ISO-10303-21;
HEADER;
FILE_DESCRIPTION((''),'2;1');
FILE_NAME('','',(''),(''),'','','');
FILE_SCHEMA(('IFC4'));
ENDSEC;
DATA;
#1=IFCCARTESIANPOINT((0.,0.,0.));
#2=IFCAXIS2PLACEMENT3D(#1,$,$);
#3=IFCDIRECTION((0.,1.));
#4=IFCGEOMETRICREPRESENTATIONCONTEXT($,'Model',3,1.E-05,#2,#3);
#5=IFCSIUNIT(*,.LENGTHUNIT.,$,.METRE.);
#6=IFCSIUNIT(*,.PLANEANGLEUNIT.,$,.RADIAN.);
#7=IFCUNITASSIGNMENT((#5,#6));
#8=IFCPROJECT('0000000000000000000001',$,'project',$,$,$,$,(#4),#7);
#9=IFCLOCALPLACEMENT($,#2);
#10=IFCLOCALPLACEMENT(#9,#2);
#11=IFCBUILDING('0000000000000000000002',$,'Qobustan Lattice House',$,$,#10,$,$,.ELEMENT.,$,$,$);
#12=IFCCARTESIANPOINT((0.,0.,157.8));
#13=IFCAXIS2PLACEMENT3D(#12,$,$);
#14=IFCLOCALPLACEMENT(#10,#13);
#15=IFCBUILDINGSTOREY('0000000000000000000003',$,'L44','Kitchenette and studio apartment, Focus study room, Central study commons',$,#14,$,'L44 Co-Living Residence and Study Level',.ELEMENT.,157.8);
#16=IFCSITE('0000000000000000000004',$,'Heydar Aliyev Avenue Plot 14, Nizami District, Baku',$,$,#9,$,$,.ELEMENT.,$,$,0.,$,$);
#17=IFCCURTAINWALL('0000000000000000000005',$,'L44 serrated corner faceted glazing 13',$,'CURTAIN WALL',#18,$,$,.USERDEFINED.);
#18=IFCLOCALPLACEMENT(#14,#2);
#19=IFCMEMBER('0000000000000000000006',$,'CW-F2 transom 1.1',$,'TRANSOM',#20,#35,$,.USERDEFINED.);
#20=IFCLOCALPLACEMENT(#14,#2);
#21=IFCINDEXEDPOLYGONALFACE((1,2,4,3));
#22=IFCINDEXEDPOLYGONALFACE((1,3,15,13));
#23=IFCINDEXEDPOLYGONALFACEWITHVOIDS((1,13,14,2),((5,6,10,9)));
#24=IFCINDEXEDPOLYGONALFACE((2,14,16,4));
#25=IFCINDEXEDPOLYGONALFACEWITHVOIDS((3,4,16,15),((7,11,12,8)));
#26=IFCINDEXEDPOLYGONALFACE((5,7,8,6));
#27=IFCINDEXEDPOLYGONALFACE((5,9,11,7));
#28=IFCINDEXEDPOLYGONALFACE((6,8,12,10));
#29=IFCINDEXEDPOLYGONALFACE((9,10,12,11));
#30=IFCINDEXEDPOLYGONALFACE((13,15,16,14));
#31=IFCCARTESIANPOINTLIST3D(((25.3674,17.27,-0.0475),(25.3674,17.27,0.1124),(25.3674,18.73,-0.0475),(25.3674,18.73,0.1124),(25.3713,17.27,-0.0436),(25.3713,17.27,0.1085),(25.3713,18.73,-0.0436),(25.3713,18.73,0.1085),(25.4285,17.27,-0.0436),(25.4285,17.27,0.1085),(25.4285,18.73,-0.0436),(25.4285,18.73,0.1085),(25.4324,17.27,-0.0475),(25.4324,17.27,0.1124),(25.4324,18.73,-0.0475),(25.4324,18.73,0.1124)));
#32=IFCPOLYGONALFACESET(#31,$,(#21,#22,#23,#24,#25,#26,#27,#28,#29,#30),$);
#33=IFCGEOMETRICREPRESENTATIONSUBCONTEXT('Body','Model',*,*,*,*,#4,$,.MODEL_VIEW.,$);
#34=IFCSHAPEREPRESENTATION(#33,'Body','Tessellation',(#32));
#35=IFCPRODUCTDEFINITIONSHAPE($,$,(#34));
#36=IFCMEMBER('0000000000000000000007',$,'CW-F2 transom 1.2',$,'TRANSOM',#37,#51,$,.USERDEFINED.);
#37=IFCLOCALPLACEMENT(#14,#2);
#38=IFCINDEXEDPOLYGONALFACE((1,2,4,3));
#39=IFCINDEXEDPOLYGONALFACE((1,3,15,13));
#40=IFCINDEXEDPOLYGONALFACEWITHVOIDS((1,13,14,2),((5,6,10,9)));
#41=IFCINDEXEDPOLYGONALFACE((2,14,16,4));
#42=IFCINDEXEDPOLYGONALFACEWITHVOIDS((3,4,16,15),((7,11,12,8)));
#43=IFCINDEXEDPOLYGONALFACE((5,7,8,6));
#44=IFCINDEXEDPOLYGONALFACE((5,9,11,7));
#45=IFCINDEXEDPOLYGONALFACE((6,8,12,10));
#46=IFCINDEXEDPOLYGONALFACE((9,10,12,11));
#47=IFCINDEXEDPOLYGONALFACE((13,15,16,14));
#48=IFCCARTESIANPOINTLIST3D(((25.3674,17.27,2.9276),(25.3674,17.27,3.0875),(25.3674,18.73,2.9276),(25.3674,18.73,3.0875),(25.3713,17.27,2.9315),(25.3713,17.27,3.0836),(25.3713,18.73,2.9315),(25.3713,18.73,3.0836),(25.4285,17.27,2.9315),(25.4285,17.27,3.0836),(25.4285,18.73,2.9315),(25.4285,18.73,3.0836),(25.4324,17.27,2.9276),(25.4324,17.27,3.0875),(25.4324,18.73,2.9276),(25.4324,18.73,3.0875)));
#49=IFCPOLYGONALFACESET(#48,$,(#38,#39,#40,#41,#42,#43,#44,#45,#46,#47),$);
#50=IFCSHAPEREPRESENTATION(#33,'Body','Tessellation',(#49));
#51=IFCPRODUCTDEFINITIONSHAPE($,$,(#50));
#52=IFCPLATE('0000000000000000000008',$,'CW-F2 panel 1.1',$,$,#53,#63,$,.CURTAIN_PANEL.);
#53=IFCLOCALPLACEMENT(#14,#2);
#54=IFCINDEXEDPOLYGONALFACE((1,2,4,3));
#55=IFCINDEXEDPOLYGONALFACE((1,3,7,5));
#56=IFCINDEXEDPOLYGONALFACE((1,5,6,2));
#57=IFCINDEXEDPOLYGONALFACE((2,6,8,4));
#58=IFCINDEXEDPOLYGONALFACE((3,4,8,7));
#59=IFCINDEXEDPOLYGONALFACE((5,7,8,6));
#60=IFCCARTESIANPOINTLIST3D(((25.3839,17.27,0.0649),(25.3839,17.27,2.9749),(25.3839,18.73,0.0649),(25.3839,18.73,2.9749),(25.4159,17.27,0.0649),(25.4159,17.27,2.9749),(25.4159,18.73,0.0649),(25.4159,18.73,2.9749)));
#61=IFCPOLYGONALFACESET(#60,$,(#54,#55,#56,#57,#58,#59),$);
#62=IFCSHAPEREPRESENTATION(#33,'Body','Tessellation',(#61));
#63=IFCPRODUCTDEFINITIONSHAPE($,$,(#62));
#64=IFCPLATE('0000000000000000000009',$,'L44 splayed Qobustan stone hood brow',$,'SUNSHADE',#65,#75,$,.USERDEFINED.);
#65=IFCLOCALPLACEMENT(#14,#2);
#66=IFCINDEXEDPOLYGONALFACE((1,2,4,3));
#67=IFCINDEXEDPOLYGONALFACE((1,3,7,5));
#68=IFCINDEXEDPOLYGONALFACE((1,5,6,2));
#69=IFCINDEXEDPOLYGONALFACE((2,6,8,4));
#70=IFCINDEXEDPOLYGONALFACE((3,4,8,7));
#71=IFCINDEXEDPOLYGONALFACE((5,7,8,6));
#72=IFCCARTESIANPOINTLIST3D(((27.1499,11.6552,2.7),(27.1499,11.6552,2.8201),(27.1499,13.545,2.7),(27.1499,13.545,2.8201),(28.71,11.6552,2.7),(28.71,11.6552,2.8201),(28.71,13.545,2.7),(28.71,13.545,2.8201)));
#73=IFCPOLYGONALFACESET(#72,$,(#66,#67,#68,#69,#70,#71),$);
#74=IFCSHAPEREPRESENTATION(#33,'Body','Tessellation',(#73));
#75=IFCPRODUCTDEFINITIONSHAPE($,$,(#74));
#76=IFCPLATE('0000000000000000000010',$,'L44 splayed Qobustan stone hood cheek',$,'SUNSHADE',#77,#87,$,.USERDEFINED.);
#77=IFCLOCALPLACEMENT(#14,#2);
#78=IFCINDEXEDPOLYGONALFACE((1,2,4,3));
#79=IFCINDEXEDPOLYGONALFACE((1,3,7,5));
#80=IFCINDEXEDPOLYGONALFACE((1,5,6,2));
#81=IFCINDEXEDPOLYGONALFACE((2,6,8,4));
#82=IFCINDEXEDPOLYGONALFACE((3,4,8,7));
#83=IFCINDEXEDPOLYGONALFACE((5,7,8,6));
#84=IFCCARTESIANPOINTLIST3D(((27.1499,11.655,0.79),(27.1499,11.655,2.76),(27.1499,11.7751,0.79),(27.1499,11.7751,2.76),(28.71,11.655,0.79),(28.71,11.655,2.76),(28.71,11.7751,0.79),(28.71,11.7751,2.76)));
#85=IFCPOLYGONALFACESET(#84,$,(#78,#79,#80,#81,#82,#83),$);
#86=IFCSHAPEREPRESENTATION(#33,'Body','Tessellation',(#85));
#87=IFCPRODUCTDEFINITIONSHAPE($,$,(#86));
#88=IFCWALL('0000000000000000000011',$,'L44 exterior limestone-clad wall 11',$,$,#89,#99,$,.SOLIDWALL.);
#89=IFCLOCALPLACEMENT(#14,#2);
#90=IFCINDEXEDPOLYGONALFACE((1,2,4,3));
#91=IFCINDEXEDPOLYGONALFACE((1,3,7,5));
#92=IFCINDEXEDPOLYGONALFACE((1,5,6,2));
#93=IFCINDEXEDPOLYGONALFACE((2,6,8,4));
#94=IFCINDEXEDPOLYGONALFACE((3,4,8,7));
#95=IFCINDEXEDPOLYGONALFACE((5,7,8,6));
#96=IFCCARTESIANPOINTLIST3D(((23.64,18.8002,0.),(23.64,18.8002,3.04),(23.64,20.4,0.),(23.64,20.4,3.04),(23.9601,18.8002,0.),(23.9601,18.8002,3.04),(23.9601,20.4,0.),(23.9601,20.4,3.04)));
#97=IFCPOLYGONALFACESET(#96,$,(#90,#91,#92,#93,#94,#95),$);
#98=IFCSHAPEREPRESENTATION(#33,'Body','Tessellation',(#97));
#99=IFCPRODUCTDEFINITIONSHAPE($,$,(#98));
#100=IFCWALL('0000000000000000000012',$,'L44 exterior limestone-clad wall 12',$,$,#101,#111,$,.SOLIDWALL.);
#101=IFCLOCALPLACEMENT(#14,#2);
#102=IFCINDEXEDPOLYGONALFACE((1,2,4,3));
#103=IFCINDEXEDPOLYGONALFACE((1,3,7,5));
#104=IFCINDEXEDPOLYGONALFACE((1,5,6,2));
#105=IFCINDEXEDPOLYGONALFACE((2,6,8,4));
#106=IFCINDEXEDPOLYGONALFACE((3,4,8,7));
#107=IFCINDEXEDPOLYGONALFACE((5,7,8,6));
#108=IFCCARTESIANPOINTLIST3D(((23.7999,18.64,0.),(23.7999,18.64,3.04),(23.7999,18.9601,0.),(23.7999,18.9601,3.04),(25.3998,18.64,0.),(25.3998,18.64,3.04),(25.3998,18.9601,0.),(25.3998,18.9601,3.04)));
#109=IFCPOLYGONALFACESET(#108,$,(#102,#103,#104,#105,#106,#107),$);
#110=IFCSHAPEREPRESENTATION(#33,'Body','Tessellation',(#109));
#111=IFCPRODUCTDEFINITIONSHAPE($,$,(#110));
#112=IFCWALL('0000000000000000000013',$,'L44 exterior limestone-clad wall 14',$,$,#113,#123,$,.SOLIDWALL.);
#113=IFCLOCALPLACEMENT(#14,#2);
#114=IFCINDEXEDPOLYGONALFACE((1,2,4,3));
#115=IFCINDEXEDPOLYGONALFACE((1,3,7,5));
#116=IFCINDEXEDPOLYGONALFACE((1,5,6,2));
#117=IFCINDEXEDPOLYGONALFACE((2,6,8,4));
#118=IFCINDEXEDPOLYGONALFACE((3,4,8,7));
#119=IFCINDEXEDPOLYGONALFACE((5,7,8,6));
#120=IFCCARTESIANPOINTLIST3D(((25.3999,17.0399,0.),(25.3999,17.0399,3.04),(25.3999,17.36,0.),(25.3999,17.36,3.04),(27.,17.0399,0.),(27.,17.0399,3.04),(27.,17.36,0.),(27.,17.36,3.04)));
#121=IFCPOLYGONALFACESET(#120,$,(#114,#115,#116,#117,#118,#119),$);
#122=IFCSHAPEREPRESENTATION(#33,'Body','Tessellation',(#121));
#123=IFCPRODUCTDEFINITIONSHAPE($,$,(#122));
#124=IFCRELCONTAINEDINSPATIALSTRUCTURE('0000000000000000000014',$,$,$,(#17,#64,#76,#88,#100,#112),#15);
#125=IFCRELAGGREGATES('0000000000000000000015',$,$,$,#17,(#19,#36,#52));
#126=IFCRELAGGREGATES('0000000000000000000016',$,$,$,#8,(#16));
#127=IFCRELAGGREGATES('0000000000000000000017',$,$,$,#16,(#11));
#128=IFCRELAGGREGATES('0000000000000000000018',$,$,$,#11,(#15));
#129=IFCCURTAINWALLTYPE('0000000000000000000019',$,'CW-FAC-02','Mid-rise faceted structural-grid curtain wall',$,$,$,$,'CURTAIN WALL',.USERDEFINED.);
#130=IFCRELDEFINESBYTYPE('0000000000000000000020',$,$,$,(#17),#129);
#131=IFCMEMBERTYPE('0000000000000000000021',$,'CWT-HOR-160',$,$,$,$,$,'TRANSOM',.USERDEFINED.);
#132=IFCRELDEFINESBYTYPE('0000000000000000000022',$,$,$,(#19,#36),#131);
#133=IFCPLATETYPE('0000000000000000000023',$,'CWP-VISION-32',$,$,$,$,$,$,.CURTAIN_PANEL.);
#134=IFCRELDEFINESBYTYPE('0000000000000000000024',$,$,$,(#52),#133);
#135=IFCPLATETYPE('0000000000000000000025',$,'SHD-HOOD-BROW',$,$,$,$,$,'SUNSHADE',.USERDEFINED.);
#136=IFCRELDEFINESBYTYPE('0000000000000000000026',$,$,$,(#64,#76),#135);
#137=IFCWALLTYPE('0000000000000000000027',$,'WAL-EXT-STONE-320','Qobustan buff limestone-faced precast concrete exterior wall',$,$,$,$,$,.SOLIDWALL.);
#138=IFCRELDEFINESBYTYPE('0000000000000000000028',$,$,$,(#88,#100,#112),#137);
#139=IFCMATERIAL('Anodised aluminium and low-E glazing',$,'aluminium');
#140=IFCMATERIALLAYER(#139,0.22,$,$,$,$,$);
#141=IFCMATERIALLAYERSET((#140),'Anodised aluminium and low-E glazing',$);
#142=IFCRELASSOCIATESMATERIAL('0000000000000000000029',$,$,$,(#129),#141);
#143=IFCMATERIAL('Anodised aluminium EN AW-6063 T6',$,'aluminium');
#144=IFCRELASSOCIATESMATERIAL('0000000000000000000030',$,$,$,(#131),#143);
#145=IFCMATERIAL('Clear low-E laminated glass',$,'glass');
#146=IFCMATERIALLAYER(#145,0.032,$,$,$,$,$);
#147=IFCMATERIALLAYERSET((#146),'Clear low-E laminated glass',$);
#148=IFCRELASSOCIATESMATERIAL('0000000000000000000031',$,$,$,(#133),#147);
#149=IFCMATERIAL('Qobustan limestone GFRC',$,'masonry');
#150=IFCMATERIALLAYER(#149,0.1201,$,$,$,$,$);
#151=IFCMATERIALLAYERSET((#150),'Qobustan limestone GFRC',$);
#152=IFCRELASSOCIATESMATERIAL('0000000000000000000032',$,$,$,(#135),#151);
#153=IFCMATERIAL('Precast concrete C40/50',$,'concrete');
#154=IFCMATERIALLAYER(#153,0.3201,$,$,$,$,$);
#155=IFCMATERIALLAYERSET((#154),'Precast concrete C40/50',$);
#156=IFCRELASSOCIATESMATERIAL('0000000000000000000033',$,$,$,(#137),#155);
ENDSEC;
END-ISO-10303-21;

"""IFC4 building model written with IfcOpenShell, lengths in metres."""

from ifc_helpers import new_model, si_unit, direction, frame, frame_2d, origin, origin_2d, place, context, subcontext, project, spatial, rectangle, hollow_rectangle, extrude, material, layer, layer_set, material_profile, profile_set, type_object, element, aggregate, save


model = new_model("IFC4")

# Units and contexts
model_context = context("Model", 3, precision=1e-05, world=origin(), true_north=direction((0.0, 1.0)))
body_context = subcontext(model_context, "Body", "Model", "MODEL_VIEW")
ifc_project = project(units=[si_unit("LENGTHUNIT", "METRE"), si_unit("PLANEANGLEUNIT", "RADIAN")], contexts=[model_context])

# Site, building, storey
site_placement = place(None, origin())
site = spatial("IfcSite", under=ifc_project, at=site_placement, Name="Heydar Aliyev Avenue Plot 14, Nizami District, Baku", CompositionType="ELEMENT", RefElevation=0.0)
building_placement = place(site_placement, origin())
building = spatial("IfcBuilding", under=site, at=building_placement, Name="Qobustan Lattice House", CompositionType="ELEMENT")
storey_placement = place(building_placement, frame((0.0, 0.0, 157.8)))
storey = spatial("IfcBuildingStorey", under=building, at=storey_placement, Name="L44", Description="Kitchenette and studio apartment, Focus study room, Central study commons", LongName="L44 Co-Living Residence and Study Level", CompositionType="ELEMENT", Elevation=157.8)

# Curtain wall, members, plate
ifc_material_1 = material(Name="Anodised aluminium and low-E glazing", Category="aluminium")
ifc_layer_1 = layer(ifc_material_1, 0.22)
ifc_layer_set_1 = layer_set([ifc_layer_1], Name="Anodised aluminium and low-E glazing")
curtain_wall_type = type_object("IfcCurtainWallType", Name="CW-FAC-02", Description="Mid-rise faceted structural-grid curtain wall", ElementType="CURTAIN WALL", PredefinedType="USERDEFINED", material=ifc_layer_set_1)
curtain_wall_placement = place(storey_placement, origin())
curtain_wall = element("IfcCurtainWall", 1, at=curtain_wall_placement, inside=storey, type_object=curtain_wall_type, Name="L44 serrated corner faceted glazing 13", ObjectType="CURTAIN WALL", PredefinedType="USERDEFINED")
ifc_material_2 = material(Name="Anodised aluminium EN AW-6063 T6", Category="aluminium")
ifc_material_profile_1 = material_profile(ifc_material_2, hollow_rectangle(XDim=0.0649, YDim=0.1599, WallThickness=0.0039, at=origin_2d()), Name="CWT-160x65")
ifc_profile_set_1 = profile_set([ifc_material_profile_1], Name="Anodised aluminium EN AW-6063 T6")
member_type_1 = type_object("IfcMemberType", Name="CWT-HOR-160", ElementType="TRANSOM", PredefinedType="USERDEFINED", material=ifc_profile_set_1)
member_1_placement = place(storey_placement, frame((25.3999, 18.73, 0.0325), z_axis=(0.0, -1.0, 0.0), x_axis=(1.0, 0.0, 0.0)))
member_1 = element("IfcMember", 2, at=member_1_placement, type_object=member_type_1, Name="CW-F2 transom 1.1", ObjectType="TRANSOM", PredefinedType="USERDEFINED", context=body_context, shape_type="SweptSolid", body=[
    extrude(hollow_rectangle(XDim=0.0649, YDim=0.1599, WallThickness=0.0039, at=origin_2d()), origin(), (0.0, 0.0, 1.0), 1.46),
])
member_2_placement = place(storey_placement, frame((25.3999, 18.73, 3.0076), z_axis=(0.0, -1.0, 0.0), x_axis=(1.0, 0.0, 0.0)))
member_2 = element("IfcMember", 3, at=member_2_placement, type_object=member_type_1, Name="CW-F2 transom 1.2", ObjectType="TRANSOM", PredefinedType="USERDEFINED", context=body_context, shape_type="SweptSolid", body=[
    extrude(hollow_rectangle(XDim=0.0649, YDim=0.1599, WallThickness=0.0039, at=origin_2d()), origin(), (0.0, 0.0, 1.0), 1.46),
])
ifc_material_3 = material(Name="Clear low-E laminated glass", Category="glass")
ifc_layer_2 = layer(ifc_material_3, 0.032)
ifc_layer_set_2 = layer_set([ifc_layer_2], Name="Clear low-E laminated glass")
plate_type_1 = type_object("IfcPlateType", Name="CWP-VISION-32", PredefinedType="CURTAIN_PANEL", material=ifc_layer_set_2)
plate_1_placement = place(storey_placement, frame((25.3999, 18.0, 0.0649), z_axis=(0.0, 0.0, 1.0), x_axis=(0.0, -1.0, 0.0)))
plate_1 = element("IfcPlate", 4, at=plate_1_placement, type_object=plate_type_1, Name="CW-F2 panel 1.1", PredefinedType="CURTAIN_PANEL", context=body_context, shape_type="SweptSolid", body=[
    extrude(rectangle(XDim=1.46, YDim=0.032, at=origin_2d()), origin(), (0.0, 0.0, 1.0), 2.9099),
])
aggregate(curtain_wall, [member_1, member_2, plate_1])

# Plates
ifc_material_4 = material(Name="Qobustan limestone GFRC", Category="masonry")
ifc_layer_3 = layer(ifc_material_4, 0.1201)
ifc_layer_set_3 = layer_set([ifc_layer_3], Name="Qobustan limestone GFRC")
plate_type_2 = type_object("IfcPlateType", Name="SHD-HOOD-BROW", ElementType="SUNSHADE", PredefinedType="USERDEFINED", material=ifc_layer_set_3)
plate_2_placement = place(storey_placement, frame((27.9299, 12.6001, 2.7), z_axis=(0.0, 0.0, 1.0), x_axis=(0.0, -1.0, 0.0)))
element("IfcPlate", 5, at=plate_2_placement, inside=storey, type_object=plate_type_2, Name="L44 splayed Qobustan stone hood brow", ObjectType="SUNSHADE", PredefinedType="USERDEFINED", context=body_context, shape_type="SweptSolid", body=[
    extrude(rectangle(XDim=1.8899, YDim=1.5601, at=origin_2d()), origin(), (0.0, 0.0, 1.0), 0.1201),
])
plate_3_placement = place(storey_placement, frame((27.9299, 11.7151, 0.79), z_axis=(0.0, 0.0, 1.0), x_axis=(0.0, -1.0, 0.0)))
element("IfcPlate", 6, at=plate_3_placement, inside=storey, type_object=plate_type_2, Name="L44 splayed Qobustan stone hood cheek", ObjectType="SUNSHADE", PredefinedType="USERDEFINED", context=body_context, shape_type="SweptSolid", body=[
    extrude(rectangle(XDim=0.1201, YDim=1.5601, at=origin_2d()), origin(), (0.0, 0.0, 1.0), 1.97),
])

# Walls
ifc_material_5 = material(Name="Precast concrete C40/50", Category="concrete")
ifc_layer_4 = layer(ifc_material_5, 0.3201)
ifc_layer_set_4 = layer_set([ifc_layer_4], Name="Precast concrete C40/50")
wall_type = type_object("IfcWallType", Name="WAL-EXT-STONE-320", Description="Qobustan buff limestone-faced precast concrete exterior wall", PredefinedType="SOLIDWALL", material=ifc_layer_set_4)
for number, where, z_axis, x_axis, name in (
    (7, (23.8, 20.3999, 0.0), (0.0, 0.0, 1.0), (0.0, -1.0, 0.0), "L44 exterior limestone-clad wall 11"),
    (8, (23.8, 18.8, 0.0), (0.0, 0.0, 1.0), (1.0, 0.0, 0.0), "L44 exterior limestone-clad wall 12"),
):
    element("IfcWall", number, at=place(storey_placement, frame(where, z_axis=z_axis, x_axis=x_axis)), inside=storey, type_object=wall_type, Name=name, PredefinedType="SOLIDWALL", context=body_context, shape_type="SweptSolid", body=[
        extrude(rectangle(XDim=1.5999, YDim=0.3201, at=frame_2d((0.7998, 0.0))), origin(), (0.0, 0.0, 1.0), 3.04),
    ])
wall_1_placement = place(storey_placement, frame((25.3999, 17.2, 0.0), z_axis=(0.0, 0.0, 1.0), x_axis=(1.0, 0.0, 0.0)))
element("IfcWall", 9, at=wall_1_placement, inside=storey, type_object=wall_type, Name="L44 exterior limestone-clad wall 14", PredefinedType="SOLIDWALL", context=body_context, shape_type="SweptSolid", body=[
    extrude(rectangle(XDim=1.6001, YDim=0.3201, at=frame_2d((0.8, 0.0))), origin(), (0.0, 0.0, 1.0), 3.04),
])

save(model, "model.ifc")
